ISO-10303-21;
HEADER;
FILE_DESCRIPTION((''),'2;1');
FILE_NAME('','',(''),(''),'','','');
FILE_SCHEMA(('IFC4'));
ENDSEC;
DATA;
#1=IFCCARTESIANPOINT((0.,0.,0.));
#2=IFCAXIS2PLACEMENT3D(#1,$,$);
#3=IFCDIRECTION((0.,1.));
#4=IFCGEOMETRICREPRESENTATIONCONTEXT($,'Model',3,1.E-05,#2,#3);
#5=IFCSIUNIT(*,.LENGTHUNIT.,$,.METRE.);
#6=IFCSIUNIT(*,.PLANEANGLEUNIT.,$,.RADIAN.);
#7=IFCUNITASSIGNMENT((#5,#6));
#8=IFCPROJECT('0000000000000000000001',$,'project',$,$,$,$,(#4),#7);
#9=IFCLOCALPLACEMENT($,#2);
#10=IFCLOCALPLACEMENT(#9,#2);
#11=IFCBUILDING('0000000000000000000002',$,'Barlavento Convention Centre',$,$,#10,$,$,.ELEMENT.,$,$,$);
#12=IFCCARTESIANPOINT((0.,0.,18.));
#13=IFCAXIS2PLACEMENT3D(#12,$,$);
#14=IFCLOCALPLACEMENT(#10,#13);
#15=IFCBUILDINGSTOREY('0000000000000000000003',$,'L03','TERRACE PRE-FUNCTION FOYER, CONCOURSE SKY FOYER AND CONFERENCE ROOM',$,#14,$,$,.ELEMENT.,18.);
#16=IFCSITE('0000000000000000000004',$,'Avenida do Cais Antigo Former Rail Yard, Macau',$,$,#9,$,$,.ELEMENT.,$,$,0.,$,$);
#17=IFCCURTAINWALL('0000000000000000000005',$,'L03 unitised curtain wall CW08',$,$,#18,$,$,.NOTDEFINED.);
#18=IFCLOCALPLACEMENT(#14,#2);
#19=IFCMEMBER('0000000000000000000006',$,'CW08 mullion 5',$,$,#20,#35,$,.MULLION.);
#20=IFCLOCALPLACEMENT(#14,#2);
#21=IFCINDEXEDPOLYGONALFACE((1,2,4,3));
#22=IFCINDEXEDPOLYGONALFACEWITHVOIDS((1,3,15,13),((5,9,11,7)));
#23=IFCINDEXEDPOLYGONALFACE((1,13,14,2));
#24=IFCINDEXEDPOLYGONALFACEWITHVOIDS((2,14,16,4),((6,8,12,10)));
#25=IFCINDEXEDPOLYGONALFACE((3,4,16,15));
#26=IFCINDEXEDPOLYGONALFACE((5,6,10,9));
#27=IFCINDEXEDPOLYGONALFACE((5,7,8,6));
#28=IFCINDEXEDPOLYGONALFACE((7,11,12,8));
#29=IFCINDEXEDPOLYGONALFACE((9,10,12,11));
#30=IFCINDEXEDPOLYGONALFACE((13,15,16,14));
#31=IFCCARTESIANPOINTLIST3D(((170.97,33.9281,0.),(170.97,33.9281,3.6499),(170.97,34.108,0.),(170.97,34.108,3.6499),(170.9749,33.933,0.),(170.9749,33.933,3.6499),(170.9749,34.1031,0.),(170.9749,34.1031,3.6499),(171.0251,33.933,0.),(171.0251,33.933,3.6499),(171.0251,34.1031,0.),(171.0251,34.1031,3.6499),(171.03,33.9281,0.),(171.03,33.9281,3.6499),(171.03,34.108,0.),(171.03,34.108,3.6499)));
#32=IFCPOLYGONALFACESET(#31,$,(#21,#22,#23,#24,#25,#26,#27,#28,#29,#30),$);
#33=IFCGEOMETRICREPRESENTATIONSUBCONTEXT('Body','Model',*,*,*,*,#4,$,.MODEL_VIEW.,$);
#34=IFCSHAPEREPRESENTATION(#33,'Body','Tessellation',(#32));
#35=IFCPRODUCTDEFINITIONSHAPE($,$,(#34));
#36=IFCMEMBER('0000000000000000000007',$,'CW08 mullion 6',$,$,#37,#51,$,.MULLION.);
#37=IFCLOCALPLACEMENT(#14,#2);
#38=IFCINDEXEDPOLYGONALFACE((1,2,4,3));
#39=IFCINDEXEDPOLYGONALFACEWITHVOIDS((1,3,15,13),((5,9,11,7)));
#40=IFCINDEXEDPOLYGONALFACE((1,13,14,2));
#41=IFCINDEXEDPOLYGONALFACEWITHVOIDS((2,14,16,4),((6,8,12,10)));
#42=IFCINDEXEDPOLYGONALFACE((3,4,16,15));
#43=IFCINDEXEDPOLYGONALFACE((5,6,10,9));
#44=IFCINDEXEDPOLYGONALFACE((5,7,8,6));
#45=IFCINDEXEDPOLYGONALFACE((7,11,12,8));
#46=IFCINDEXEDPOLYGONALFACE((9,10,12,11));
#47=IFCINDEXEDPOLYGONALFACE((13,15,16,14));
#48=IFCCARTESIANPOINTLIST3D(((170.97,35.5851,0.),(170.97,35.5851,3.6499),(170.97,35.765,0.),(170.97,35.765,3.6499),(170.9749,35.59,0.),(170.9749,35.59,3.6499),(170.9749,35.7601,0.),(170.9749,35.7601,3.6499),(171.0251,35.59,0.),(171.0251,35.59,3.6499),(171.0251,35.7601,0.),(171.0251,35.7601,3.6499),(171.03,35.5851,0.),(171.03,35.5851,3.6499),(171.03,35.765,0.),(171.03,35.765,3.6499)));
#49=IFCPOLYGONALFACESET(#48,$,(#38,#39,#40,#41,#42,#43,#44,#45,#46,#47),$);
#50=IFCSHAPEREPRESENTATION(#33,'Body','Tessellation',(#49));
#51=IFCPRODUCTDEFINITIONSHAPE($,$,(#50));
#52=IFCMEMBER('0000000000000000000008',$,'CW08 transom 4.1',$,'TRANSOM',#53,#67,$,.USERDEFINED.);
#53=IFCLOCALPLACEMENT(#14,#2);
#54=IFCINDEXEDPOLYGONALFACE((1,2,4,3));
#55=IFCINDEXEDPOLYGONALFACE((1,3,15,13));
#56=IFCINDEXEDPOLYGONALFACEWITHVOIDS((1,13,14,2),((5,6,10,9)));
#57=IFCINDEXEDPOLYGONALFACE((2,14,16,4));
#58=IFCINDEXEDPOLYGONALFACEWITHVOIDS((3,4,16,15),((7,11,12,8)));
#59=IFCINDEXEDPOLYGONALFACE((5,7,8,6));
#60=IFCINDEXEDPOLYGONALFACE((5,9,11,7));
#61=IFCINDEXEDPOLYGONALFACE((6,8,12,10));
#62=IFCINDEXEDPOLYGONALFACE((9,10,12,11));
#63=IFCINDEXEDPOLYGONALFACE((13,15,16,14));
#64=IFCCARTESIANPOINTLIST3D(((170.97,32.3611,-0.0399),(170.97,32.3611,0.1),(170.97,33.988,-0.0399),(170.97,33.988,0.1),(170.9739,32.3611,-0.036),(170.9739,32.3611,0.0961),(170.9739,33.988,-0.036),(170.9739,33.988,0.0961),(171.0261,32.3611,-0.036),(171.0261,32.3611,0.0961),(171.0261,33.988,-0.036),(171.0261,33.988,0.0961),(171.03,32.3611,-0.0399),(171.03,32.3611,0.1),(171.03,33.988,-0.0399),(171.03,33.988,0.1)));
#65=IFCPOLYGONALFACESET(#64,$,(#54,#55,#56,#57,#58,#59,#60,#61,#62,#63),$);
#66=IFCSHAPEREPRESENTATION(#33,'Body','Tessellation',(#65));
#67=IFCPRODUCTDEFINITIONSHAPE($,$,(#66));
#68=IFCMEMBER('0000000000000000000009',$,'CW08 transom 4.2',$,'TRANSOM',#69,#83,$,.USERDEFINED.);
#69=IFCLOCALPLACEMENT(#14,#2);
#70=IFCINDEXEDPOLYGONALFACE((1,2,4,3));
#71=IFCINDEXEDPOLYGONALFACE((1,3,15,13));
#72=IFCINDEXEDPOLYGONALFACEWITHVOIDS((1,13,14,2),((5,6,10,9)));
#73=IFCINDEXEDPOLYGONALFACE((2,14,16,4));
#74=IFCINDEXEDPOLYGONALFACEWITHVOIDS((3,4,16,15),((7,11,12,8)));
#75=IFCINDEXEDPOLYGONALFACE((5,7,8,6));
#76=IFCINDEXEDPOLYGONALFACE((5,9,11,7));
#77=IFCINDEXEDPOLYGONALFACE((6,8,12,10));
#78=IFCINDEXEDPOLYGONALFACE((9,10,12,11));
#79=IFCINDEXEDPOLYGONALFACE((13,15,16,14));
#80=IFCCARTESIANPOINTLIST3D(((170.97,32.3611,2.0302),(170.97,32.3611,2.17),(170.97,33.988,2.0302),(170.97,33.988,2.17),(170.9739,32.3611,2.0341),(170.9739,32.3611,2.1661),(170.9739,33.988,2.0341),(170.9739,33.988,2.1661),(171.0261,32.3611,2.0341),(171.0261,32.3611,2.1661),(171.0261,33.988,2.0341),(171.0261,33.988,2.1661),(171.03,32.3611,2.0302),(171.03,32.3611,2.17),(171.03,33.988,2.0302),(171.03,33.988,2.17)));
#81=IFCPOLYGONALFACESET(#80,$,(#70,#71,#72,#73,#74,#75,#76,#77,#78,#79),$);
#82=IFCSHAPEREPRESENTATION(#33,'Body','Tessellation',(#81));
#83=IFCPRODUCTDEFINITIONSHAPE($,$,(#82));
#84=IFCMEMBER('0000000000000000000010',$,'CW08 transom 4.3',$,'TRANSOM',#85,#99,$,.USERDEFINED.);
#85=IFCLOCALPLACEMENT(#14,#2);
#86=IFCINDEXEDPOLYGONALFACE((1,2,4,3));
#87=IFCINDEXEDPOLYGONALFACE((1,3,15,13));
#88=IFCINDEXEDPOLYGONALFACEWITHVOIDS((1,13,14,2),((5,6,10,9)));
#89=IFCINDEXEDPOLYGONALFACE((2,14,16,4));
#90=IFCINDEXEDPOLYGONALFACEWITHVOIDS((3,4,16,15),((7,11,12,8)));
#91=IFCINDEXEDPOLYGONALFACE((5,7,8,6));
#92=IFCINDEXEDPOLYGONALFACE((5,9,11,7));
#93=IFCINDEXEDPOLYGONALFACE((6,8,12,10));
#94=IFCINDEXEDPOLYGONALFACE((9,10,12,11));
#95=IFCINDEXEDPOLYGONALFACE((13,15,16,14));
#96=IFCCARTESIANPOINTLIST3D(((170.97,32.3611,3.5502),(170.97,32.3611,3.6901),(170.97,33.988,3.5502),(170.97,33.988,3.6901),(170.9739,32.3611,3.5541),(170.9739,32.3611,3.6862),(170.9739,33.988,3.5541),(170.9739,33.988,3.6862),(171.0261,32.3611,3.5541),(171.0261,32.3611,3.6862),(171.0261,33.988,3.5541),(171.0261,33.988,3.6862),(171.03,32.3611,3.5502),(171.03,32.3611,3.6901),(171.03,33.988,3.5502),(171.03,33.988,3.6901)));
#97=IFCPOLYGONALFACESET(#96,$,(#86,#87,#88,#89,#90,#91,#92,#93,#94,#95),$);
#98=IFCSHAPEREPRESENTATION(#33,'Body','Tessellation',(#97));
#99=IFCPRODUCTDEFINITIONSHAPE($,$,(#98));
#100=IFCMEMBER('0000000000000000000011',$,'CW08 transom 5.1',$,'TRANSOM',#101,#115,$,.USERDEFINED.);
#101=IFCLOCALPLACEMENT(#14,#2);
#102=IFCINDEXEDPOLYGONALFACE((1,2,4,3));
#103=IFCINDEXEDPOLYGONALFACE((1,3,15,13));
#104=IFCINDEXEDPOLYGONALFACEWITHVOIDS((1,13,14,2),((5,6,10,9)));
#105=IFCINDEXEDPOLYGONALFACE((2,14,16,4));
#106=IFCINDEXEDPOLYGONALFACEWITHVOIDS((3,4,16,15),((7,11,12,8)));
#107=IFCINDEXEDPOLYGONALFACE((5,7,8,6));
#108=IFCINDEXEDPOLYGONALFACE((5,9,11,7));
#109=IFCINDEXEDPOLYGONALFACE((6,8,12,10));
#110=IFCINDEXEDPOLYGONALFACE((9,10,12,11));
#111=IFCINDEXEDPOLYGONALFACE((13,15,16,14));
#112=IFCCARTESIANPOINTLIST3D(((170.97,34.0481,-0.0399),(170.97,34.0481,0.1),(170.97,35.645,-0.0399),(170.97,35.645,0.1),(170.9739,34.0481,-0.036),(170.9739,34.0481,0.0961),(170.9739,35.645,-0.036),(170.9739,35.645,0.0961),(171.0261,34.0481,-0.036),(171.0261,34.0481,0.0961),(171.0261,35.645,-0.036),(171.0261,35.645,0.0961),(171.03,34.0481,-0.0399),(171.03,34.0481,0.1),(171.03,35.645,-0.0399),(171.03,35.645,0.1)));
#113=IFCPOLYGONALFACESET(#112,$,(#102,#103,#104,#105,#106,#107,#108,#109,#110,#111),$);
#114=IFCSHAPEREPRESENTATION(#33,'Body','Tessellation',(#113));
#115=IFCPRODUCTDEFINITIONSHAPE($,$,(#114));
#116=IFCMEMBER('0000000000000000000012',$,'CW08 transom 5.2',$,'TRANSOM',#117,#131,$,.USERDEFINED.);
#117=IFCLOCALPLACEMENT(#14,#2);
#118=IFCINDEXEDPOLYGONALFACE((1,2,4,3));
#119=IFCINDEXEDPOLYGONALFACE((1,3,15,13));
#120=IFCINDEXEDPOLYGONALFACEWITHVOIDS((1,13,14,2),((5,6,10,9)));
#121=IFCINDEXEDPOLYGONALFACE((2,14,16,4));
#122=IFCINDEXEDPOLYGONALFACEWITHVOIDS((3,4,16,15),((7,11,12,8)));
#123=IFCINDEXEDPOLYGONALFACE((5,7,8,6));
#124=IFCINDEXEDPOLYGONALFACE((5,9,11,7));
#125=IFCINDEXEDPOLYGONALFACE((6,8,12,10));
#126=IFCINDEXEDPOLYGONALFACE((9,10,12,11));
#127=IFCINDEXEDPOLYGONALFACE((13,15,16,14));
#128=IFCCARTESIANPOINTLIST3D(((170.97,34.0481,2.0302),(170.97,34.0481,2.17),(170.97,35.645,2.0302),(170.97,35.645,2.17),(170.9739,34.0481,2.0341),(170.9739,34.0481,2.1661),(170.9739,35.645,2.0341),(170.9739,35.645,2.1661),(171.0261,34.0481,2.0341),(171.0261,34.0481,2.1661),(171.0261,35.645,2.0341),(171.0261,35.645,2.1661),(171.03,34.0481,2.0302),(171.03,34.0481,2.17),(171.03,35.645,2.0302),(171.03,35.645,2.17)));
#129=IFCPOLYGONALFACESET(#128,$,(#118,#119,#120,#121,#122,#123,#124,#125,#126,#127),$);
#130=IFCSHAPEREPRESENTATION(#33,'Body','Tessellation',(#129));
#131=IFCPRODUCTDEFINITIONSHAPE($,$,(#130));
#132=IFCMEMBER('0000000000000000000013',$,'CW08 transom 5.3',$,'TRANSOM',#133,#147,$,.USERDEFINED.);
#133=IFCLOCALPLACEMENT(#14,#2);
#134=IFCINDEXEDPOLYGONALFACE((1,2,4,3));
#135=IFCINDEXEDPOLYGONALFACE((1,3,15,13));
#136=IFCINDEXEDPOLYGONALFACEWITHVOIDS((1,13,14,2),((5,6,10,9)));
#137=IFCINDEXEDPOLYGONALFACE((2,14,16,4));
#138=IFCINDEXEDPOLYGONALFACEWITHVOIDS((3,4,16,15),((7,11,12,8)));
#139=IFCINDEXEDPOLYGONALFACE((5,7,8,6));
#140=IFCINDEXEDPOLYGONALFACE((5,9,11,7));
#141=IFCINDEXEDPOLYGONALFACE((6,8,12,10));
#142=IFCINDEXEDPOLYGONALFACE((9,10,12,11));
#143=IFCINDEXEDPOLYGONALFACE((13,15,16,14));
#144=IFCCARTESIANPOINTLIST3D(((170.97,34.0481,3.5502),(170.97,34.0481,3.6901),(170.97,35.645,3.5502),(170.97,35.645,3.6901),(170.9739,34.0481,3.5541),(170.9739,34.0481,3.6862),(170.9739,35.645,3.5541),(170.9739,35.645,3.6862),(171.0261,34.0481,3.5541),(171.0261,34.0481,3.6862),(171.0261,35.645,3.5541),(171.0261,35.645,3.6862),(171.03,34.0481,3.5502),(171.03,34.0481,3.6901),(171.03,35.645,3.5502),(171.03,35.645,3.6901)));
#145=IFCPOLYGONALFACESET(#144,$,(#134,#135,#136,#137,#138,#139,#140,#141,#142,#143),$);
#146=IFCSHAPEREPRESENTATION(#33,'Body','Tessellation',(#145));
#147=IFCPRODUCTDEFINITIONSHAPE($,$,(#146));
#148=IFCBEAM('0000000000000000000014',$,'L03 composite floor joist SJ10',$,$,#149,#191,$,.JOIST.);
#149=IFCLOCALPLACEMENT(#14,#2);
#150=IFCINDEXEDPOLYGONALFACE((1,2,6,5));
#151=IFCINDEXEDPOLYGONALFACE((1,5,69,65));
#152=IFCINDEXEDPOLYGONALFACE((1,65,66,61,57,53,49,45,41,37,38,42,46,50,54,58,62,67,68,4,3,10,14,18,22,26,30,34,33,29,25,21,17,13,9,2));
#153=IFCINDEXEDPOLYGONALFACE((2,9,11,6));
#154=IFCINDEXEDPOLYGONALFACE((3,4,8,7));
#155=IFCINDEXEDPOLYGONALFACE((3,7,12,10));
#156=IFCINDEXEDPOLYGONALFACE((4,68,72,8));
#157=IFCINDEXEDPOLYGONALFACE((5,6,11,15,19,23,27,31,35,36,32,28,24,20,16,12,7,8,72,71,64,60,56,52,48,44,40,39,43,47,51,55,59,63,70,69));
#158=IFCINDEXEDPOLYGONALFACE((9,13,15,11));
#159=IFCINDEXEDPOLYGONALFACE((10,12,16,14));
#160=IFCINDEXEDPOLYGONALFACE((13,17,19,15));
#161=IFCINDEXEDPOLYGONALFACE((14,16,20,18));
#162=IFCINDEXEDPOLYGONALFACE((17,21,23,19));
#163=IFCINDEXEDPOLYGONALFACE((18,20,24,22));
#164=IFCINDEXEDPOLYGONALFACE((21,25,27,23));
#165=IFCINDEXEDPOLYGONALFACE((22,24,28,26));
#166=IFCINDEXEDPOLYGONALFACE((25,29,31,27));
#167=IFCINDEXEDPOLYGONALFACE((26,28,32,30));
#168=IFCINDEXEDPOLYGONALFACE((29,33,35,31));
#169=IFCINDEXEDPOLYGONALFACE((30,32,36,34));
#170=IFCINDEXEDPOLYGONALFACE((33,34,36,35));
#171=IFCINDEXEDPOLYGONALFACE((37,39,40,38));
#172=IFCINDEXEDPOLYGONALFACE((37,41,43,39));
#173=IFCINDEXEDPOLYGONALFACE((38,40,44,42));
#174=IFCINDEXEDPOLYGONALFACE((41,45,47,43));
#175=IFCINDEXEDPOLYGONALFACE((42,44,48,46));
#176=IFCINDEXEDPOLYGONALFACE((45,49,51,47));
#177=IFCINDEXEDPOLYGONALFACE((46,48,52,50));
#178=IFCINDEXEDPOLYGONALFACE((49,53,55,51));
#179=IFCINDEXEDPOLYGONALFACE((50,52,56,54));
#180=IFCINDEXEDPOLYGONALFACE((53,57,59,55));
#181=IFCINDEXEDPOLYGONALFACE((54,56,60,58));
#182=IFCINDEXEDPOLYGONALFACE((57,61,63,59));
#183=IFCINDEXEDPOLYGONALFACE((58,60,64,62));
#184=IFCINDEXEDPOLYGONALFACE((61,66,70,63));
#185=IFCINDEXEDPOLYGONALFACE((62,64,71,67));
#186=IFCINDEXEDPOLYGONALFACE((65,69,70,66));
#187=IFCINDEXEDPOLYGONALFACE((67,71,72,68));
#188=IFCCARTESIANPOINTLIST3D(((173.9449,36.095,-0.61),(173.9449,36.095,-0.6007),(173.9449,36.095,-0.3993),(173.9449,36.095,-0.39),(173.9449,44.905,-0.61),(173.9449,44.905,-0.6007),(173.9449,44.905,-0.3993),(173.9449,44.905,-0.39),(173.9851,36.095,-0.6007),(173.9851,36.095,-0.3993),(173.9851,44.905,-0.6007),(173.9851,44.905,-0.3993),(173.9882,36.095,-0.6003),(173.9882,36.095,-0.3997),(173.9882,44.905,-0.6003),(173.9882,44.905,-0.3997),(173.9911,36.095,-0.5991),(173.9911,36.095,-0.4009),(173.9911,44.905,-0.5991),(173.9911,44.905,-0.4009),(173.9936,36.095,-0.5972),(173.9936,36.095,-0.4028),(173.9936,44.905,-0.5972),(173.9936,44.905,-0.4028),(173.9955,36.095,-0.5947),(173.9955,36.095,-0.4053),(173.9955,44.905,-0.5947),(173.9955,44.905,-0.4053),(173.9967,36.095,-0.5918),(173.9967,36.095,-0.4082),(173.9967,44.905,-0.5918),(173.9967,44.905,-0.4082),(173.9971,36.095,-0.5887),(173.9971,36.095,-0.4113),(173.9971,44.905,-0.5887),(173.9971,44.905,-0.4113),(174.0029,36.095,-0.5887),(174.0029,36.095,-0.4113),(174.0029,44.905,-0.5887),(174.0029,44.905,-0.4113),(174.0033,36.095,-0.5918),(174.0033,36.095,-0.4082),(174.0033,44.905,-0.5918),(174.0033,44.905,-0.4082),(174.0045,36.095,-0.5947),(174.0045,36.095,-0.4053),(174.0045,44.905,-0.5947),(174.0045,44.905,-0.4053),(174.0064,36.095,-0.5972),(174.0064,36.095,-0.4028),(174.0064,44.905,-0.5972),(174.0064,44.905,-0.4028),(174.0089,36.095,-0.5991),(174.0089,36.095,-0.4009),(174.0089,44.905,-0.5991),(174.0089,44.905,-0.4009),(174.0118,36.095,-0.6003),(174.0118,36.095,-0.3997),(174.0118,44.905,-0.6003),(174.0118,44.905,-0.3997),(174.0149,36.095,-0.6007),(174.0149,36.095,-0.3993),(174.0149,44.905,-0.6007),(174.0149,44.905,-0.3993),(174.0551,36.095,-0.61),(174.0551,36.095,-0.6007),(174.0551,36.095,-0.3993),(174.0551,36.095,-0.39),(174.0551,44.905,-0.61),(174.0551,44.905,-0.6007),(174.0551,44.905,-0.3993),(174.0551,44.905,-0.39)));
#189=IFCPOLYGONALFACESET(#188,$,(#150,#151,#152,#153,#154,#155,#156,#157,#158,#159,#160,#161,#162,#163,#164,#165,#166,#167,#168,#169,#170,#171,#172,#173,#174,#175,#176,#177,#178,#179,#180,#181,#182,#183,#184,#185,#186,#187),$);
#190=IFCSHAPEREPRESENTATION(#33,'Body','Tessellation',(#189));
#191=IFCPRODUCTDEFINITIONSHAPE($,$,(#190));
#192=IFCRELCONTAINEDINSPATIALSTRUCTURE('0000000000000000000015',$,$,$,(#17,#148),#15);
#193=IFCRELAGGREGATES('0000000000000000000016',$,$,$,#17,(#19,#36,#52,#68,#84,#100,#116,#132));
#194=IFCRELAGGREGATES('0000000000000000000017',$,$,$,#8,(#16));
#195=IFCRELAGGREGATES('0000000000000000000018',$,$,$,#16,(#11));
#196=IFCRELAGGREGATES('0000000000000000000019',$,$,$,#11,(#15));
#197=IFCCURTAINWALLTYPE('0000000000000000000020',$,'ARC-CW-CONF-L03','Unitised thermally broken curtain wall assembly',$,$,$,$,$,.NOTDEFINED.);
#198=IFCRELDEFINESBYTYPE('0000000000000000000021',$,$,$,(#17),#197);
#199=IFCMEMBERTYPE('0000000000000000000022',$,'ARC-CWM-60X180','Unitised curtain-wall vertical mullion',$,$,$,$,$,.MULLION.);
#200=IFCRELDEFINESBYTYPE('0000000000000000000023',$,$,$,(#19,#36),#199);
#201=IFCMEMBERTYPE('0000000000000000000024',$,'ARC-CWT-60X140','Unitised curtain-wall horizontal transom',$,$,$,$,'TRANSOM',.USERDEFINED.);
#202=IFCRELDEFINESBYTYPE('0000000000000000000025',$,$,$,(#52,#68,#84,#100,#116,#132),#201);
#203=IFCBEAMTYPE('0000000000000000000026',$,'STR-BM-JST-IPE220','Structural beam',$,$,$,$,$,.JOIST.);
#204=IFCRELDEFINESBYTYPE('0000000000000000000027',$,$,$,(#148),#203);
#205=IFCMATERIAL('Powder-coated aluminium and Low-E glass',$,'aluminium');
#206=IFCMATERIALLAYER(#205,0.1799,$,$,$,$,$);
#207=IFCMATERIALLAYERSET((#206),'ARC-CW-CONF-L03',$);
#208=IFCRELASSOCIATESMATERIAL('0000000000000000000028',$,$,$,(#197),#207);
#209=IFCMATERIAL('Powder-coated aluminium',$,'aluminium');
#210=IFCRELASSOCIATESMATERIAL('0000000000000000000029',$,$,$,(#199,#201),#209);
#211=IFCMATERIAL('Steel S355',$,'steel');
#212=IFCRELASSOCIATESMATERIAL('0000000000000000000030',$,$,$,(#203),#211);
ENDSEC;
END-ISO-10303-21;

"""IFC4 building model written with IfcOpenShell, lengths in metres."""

from ifc_helpers import new_model, si_unit, direction, frame, origin, origin_2d, place, context, subcontext, project, spatial, hollow_rectangle, i_section, extrude, material, layer, layer_set, material_profile, profile_set, type_object, element, aggregate, save


model = new_model("IFC4")

# Units and contexts
model_context = context("Model", 3, precision=1e-05, world=origin(), true_north=direction((0.0, 1.0)))
body_context = subcontext(model_context, "Body", "Model", "MODEL_VIEW")
ifc_project = project(units=[si_unit("LENGTHUNIT", "METRE"), si_unit("PLANEANGLEUNIT", "RADIAN")], contexts=[model_context])

# Site, building, storey
site_placement = place(None, origin())
site = spatial("IfcSite", under=ifc_project, at=site_placement, Name="Avenida do Cais Antigo Former Rail Yard, Macau", CompositionType="ELEMENT", RefElevation=0.0)
building_placement = place(site_placement, origin())
building = spatial("IfcBuilding", under=site, at=building_placement, Name="Barlavento Convention Centre", CompositionType="ELEMENT")
storey_placement = place(building_placement, frame((0.0, 0.0, 18.0)))
storey = spatial("IfcBuildingStorey", under=building, at=storey_placement, Name="L03", Description="TERRACE PRE-FUNCTION FOYER, CONCOURSE SKY FOYER AND CONFERENCE ROOM", CompositionType="ELEMENT", Elevation=18.0)

# Shared definitions
ifc_material_1 = material(Name="Steel S355", Category="steel")

# Curtain wall, members
ifc_material_2 = material(Name="Powder-coated aluminium and Low-E glass", Category="aluminium")
ifc_layer_1 = layer(ifc_material_2, 0.1799)
ifc_layer_set_1 = layer_set([ifc_layer_1], Name="ARC-CW-CONF-L03")
curtain_wall_type = type_object("IfcCurtainWallType", Name="ARC-CW-CONF-L03", Description="Unitised thermally broken curtain wall assembly", PredefinedType="NOTDEFINED", material=ifc_layer_set_1)
curtain_wall_placement = place(storey_placement, origin())
curtain_wall = element("IfcCurtainWall", 1, at=curtain_wall_placement, inside=storey, type_object=curtain_wall_type, Name="L03 unitised curtain wall CW08", PredefinedType="NOTDEFINED")
ifc_material_3 = material(Name="Powder-coated aluminium", Category="aluminium")
ifc_material_profile_1 = material_profile(ifc_material_3, hollow_rectangle(XDim=0.0601, YDim=0.1799, WallThickness=0.0049, at=origin_2d()), Name="AL-MULL 60x180x5")
ifc_profile_set_1 = profile_set([ifc_material_profile_1], Name="Powder-coated aluminium")
member_type_1 = type_object("IfcMemberType", Name="ARC-CWM-60X180", Description="Unitised curtain-wall vertical mullion", PredefinedType="MULLION", material=ifc_profile_set_1)
member_1_placement = place(storey_placement, frame((171.0, 34.0181, 0.0), z_axis=(0.0, 0.0, 1.0), x_axis=(-1.0, 0.0, 0.0)))
member_1 = element("IfcMember", 2, at=member_1_placement, type_object=member_type_1, Name="CW08 mullion 5", PredefinedType="MULLION", context=body_context, shape_type="SweptSolid", body=[
    extrude(hollow_rectangle(XDim=0.0601, YDim=0.1799, WallThickness=0.0049, at=origin_2d()), origin(), (0.0, 0.0, 1.0), 3.6499),
])
member_2_placement = place(storey_placement, frame((171.0, 35.675, 0.0), z_axis=(0.0, 0.0, 1.0), x_axis=(-1.0, 0.0, 0.0)))
member_2 = element("IfcMember", 3, at=member_2_placement, type_object=member_type_1, Name="CW08 mullion 6", PredefinedType="MULLION", context=body_context, shape_type="SweptSolid", body=[
    extrude(hollow_rectangle(XDim=0.0601, YDim=0.1799, WallThickness=0.0049, at=origin_2d()), origin(), (0.0, 0.0, 1.0), 3.6499),
])
ifc_material_profile_2 = material_profile(ifc_material_3, hollow_rectangle(XDim=0.0601, YDim=0.1399, WallThickness=0.0039, at=origin_2d()), Name="AL-TRAN 60x140x4")
ifc_profile_set_2 = profile_set([ifc_material_profile_2], Name="Powder-coated aluminium")
member_type_2 = type_object("IfcMemberType", Name="ARC-CWT-60X140", Description="Unitised curtain-wall horizontal transom", ElementType="TRANSOM", PredefinedType="USERDEFINED", material=ifc_profile_set_2)
member_3_placement = place(storey_placement, frame((171.0, 32.3611, 0.03), z_axis=(0.0, 1.0, 0.0), x_axis=(-1.0, 0.0, 0.0)))
member_3 = element("IfcMember", 4, at=member_3_placement, type_object=member_type_2, Name="CW08 transom 4.1", ObjectType="TRANSOM", PredefinedType="USERDEFINED", context=body_context, shape_type="SweptSolid", body=[
    extrude(hollow_rectangle(XDim=0.0601, YDim=0.1399, WallThickness=0.0039, at=origin_2d()), origin(), (0.0, 0.0, 1.0), 1.627),
])
member_4_placement = place(storey_placement, frame((171.0, 32.3611, 2.1001), z_axis=(0.0, 1.0, 0.0), x_axis=(-1.0, 0.0, 0.0)))
member_4 = element("IfcMember", 5, at=member_4_placement, type_object=member_type_2, Name="CW08 transom 4.2", ObjectType="TRANSOM", PredefinedType="USERDEFINED", context=body_context, shape_type="SweptSolid", body=[
    extrude(hollow_rectangle(XDim=0.0601, YDim=0.1399, WallThickness=0.0039, at=origin_2d()), origin(), (0.0, 0.0, 1.0), 1.627),
])
member_5_placement = place(storey_placement, frame((171.0, 32.3611, 3.6201), z_axis=(0.0, 1.0, 0.0), x_axis=(-1.0, 0.0, 0.0)))
member_5 = element("IfcMember", 6, at=member_5_placement, type_object=member_type_2, Name="CW08 transom 4.3", ObjectType="TRANSOM", PredefinedType="USERDEFINED", context=body_context, shape_type="SweptSolid", body=[
    extrude(hollow_rectangle(XDim=0.0601, YDim=0.1399, WallThickness=0.0039, at=origin_2d()), origin(), (0.0, 0.0, 1.0), 1.627),
])
member_6_placement = place(storey_placement, frame((171.0, 34.0481, 0.03), z_axis=(0.0, 1.0, 0.0), x_axis=(-1.0, 0.0, 0.0)))
member_6 = element("IfcMember", 7, at=member_6_placement, type_object=member_type_2, Name="CW08 transom 5.1", ObjectType="TRANSOM", PredefinedType="USERDEFINED", context=body_context, shape_type="SweptSolid", body=[
    extrude(hollow_rectangle(XDim=0.0601, YDim=0.1399, WallThickness=0.0039, at=origin_2d()), origin(), (0.0, 0.0, 1.0), 1.5969),
])
member_7_placement = place(storey_placement, frame((171.0, 34.0481, 2.1001), z_axis=(0.0, 1.0, 0.0), x_axis=(-1.0, 0.0, 0.0)))
member_7 = element("IfcMember", 8, at=member_7_placement, type_object=member_type_2, Name="CW08 transom 5.2", ObjectType="TRANSOM", PredefinedType="USERDEFINED", context=body_context, shape_type="SweptSolid", body=[
    extrude(hollow_rectangle(XDim=0.0601, YDim=0.1399, WallThickness=0.0039, at=origin_2d()), origin(), (0.0, 0.0, 1.0), 1.5969),
])
member_8_placement = place(storey_placement, frame((171.0, 34.0481, 3.6201), z_axis=(0.0, 1.0, 0.0), x_axis=(-1.0, 0.0, 0.0)))
member_8 = element("IfcMember", 9, at=member_8_placement, type_object=member_type_2, Name="CW08 transom 5.3", ObjectType="TRANSOM", PredefinedType="USERDEFINED", context=body_context, shape_type="SweptSolid", body=[
    extrude(hollow_rectangle(XDim=0.0601, YDim=0.1399, WallThickness=0.0039, at=origin_2d()), origin(), (0.0, 0.0, 1.0), 1.5969),
])

# Beam
ifc_material_profile_3 = material_profile(ifc_material_1, i_section(OverallWidth=0.1101, OverallDepth=0.22, WebThickness=0.0059, FlangeThickness=0.0093, FilletRadius=0.012, at=origin_2d()), Name="IPE 220")
ifc_profile_set_3 = profile_set([ifc_material_profile_3], Name="Steel S355")
beam_type_1 = type_object("IfcBeamType", Name="STR-BM-JST-IPE220", Description="Structural beam", PredefinedType="JOIST", material=ifc_profile_set_3)
beam_1_placement = place(storey_placement, frame((174.0, 36.095, -0.5), z_axis=(0.0, 1.0, 0.0), x_axis=(-1.0, 0.0, 0.0)))
element("IfcBeam", 10, at=beam_1_placement, inside=storey, type_object=beam_type_1, Name="L03 composite floor joist SJ10", PredefinedType="JOIST", context=body_context, shape_type="SweptSolid", body=[
    extrude(i_section(OverallWidth=0.1101, OverallDepth=0.22, WebThickness=0.0059, FlangeThickness=0.0093, FilletRadius=0.012, at=origin_2d()), origin(), (0.0, 0.0, 1.0), 8.8101),
])

aggregate(curtain_wall, [member_1, member_2, member_3, member_4, member_5, member_6, member_7, member_8])

save(model, "model.ifc")
